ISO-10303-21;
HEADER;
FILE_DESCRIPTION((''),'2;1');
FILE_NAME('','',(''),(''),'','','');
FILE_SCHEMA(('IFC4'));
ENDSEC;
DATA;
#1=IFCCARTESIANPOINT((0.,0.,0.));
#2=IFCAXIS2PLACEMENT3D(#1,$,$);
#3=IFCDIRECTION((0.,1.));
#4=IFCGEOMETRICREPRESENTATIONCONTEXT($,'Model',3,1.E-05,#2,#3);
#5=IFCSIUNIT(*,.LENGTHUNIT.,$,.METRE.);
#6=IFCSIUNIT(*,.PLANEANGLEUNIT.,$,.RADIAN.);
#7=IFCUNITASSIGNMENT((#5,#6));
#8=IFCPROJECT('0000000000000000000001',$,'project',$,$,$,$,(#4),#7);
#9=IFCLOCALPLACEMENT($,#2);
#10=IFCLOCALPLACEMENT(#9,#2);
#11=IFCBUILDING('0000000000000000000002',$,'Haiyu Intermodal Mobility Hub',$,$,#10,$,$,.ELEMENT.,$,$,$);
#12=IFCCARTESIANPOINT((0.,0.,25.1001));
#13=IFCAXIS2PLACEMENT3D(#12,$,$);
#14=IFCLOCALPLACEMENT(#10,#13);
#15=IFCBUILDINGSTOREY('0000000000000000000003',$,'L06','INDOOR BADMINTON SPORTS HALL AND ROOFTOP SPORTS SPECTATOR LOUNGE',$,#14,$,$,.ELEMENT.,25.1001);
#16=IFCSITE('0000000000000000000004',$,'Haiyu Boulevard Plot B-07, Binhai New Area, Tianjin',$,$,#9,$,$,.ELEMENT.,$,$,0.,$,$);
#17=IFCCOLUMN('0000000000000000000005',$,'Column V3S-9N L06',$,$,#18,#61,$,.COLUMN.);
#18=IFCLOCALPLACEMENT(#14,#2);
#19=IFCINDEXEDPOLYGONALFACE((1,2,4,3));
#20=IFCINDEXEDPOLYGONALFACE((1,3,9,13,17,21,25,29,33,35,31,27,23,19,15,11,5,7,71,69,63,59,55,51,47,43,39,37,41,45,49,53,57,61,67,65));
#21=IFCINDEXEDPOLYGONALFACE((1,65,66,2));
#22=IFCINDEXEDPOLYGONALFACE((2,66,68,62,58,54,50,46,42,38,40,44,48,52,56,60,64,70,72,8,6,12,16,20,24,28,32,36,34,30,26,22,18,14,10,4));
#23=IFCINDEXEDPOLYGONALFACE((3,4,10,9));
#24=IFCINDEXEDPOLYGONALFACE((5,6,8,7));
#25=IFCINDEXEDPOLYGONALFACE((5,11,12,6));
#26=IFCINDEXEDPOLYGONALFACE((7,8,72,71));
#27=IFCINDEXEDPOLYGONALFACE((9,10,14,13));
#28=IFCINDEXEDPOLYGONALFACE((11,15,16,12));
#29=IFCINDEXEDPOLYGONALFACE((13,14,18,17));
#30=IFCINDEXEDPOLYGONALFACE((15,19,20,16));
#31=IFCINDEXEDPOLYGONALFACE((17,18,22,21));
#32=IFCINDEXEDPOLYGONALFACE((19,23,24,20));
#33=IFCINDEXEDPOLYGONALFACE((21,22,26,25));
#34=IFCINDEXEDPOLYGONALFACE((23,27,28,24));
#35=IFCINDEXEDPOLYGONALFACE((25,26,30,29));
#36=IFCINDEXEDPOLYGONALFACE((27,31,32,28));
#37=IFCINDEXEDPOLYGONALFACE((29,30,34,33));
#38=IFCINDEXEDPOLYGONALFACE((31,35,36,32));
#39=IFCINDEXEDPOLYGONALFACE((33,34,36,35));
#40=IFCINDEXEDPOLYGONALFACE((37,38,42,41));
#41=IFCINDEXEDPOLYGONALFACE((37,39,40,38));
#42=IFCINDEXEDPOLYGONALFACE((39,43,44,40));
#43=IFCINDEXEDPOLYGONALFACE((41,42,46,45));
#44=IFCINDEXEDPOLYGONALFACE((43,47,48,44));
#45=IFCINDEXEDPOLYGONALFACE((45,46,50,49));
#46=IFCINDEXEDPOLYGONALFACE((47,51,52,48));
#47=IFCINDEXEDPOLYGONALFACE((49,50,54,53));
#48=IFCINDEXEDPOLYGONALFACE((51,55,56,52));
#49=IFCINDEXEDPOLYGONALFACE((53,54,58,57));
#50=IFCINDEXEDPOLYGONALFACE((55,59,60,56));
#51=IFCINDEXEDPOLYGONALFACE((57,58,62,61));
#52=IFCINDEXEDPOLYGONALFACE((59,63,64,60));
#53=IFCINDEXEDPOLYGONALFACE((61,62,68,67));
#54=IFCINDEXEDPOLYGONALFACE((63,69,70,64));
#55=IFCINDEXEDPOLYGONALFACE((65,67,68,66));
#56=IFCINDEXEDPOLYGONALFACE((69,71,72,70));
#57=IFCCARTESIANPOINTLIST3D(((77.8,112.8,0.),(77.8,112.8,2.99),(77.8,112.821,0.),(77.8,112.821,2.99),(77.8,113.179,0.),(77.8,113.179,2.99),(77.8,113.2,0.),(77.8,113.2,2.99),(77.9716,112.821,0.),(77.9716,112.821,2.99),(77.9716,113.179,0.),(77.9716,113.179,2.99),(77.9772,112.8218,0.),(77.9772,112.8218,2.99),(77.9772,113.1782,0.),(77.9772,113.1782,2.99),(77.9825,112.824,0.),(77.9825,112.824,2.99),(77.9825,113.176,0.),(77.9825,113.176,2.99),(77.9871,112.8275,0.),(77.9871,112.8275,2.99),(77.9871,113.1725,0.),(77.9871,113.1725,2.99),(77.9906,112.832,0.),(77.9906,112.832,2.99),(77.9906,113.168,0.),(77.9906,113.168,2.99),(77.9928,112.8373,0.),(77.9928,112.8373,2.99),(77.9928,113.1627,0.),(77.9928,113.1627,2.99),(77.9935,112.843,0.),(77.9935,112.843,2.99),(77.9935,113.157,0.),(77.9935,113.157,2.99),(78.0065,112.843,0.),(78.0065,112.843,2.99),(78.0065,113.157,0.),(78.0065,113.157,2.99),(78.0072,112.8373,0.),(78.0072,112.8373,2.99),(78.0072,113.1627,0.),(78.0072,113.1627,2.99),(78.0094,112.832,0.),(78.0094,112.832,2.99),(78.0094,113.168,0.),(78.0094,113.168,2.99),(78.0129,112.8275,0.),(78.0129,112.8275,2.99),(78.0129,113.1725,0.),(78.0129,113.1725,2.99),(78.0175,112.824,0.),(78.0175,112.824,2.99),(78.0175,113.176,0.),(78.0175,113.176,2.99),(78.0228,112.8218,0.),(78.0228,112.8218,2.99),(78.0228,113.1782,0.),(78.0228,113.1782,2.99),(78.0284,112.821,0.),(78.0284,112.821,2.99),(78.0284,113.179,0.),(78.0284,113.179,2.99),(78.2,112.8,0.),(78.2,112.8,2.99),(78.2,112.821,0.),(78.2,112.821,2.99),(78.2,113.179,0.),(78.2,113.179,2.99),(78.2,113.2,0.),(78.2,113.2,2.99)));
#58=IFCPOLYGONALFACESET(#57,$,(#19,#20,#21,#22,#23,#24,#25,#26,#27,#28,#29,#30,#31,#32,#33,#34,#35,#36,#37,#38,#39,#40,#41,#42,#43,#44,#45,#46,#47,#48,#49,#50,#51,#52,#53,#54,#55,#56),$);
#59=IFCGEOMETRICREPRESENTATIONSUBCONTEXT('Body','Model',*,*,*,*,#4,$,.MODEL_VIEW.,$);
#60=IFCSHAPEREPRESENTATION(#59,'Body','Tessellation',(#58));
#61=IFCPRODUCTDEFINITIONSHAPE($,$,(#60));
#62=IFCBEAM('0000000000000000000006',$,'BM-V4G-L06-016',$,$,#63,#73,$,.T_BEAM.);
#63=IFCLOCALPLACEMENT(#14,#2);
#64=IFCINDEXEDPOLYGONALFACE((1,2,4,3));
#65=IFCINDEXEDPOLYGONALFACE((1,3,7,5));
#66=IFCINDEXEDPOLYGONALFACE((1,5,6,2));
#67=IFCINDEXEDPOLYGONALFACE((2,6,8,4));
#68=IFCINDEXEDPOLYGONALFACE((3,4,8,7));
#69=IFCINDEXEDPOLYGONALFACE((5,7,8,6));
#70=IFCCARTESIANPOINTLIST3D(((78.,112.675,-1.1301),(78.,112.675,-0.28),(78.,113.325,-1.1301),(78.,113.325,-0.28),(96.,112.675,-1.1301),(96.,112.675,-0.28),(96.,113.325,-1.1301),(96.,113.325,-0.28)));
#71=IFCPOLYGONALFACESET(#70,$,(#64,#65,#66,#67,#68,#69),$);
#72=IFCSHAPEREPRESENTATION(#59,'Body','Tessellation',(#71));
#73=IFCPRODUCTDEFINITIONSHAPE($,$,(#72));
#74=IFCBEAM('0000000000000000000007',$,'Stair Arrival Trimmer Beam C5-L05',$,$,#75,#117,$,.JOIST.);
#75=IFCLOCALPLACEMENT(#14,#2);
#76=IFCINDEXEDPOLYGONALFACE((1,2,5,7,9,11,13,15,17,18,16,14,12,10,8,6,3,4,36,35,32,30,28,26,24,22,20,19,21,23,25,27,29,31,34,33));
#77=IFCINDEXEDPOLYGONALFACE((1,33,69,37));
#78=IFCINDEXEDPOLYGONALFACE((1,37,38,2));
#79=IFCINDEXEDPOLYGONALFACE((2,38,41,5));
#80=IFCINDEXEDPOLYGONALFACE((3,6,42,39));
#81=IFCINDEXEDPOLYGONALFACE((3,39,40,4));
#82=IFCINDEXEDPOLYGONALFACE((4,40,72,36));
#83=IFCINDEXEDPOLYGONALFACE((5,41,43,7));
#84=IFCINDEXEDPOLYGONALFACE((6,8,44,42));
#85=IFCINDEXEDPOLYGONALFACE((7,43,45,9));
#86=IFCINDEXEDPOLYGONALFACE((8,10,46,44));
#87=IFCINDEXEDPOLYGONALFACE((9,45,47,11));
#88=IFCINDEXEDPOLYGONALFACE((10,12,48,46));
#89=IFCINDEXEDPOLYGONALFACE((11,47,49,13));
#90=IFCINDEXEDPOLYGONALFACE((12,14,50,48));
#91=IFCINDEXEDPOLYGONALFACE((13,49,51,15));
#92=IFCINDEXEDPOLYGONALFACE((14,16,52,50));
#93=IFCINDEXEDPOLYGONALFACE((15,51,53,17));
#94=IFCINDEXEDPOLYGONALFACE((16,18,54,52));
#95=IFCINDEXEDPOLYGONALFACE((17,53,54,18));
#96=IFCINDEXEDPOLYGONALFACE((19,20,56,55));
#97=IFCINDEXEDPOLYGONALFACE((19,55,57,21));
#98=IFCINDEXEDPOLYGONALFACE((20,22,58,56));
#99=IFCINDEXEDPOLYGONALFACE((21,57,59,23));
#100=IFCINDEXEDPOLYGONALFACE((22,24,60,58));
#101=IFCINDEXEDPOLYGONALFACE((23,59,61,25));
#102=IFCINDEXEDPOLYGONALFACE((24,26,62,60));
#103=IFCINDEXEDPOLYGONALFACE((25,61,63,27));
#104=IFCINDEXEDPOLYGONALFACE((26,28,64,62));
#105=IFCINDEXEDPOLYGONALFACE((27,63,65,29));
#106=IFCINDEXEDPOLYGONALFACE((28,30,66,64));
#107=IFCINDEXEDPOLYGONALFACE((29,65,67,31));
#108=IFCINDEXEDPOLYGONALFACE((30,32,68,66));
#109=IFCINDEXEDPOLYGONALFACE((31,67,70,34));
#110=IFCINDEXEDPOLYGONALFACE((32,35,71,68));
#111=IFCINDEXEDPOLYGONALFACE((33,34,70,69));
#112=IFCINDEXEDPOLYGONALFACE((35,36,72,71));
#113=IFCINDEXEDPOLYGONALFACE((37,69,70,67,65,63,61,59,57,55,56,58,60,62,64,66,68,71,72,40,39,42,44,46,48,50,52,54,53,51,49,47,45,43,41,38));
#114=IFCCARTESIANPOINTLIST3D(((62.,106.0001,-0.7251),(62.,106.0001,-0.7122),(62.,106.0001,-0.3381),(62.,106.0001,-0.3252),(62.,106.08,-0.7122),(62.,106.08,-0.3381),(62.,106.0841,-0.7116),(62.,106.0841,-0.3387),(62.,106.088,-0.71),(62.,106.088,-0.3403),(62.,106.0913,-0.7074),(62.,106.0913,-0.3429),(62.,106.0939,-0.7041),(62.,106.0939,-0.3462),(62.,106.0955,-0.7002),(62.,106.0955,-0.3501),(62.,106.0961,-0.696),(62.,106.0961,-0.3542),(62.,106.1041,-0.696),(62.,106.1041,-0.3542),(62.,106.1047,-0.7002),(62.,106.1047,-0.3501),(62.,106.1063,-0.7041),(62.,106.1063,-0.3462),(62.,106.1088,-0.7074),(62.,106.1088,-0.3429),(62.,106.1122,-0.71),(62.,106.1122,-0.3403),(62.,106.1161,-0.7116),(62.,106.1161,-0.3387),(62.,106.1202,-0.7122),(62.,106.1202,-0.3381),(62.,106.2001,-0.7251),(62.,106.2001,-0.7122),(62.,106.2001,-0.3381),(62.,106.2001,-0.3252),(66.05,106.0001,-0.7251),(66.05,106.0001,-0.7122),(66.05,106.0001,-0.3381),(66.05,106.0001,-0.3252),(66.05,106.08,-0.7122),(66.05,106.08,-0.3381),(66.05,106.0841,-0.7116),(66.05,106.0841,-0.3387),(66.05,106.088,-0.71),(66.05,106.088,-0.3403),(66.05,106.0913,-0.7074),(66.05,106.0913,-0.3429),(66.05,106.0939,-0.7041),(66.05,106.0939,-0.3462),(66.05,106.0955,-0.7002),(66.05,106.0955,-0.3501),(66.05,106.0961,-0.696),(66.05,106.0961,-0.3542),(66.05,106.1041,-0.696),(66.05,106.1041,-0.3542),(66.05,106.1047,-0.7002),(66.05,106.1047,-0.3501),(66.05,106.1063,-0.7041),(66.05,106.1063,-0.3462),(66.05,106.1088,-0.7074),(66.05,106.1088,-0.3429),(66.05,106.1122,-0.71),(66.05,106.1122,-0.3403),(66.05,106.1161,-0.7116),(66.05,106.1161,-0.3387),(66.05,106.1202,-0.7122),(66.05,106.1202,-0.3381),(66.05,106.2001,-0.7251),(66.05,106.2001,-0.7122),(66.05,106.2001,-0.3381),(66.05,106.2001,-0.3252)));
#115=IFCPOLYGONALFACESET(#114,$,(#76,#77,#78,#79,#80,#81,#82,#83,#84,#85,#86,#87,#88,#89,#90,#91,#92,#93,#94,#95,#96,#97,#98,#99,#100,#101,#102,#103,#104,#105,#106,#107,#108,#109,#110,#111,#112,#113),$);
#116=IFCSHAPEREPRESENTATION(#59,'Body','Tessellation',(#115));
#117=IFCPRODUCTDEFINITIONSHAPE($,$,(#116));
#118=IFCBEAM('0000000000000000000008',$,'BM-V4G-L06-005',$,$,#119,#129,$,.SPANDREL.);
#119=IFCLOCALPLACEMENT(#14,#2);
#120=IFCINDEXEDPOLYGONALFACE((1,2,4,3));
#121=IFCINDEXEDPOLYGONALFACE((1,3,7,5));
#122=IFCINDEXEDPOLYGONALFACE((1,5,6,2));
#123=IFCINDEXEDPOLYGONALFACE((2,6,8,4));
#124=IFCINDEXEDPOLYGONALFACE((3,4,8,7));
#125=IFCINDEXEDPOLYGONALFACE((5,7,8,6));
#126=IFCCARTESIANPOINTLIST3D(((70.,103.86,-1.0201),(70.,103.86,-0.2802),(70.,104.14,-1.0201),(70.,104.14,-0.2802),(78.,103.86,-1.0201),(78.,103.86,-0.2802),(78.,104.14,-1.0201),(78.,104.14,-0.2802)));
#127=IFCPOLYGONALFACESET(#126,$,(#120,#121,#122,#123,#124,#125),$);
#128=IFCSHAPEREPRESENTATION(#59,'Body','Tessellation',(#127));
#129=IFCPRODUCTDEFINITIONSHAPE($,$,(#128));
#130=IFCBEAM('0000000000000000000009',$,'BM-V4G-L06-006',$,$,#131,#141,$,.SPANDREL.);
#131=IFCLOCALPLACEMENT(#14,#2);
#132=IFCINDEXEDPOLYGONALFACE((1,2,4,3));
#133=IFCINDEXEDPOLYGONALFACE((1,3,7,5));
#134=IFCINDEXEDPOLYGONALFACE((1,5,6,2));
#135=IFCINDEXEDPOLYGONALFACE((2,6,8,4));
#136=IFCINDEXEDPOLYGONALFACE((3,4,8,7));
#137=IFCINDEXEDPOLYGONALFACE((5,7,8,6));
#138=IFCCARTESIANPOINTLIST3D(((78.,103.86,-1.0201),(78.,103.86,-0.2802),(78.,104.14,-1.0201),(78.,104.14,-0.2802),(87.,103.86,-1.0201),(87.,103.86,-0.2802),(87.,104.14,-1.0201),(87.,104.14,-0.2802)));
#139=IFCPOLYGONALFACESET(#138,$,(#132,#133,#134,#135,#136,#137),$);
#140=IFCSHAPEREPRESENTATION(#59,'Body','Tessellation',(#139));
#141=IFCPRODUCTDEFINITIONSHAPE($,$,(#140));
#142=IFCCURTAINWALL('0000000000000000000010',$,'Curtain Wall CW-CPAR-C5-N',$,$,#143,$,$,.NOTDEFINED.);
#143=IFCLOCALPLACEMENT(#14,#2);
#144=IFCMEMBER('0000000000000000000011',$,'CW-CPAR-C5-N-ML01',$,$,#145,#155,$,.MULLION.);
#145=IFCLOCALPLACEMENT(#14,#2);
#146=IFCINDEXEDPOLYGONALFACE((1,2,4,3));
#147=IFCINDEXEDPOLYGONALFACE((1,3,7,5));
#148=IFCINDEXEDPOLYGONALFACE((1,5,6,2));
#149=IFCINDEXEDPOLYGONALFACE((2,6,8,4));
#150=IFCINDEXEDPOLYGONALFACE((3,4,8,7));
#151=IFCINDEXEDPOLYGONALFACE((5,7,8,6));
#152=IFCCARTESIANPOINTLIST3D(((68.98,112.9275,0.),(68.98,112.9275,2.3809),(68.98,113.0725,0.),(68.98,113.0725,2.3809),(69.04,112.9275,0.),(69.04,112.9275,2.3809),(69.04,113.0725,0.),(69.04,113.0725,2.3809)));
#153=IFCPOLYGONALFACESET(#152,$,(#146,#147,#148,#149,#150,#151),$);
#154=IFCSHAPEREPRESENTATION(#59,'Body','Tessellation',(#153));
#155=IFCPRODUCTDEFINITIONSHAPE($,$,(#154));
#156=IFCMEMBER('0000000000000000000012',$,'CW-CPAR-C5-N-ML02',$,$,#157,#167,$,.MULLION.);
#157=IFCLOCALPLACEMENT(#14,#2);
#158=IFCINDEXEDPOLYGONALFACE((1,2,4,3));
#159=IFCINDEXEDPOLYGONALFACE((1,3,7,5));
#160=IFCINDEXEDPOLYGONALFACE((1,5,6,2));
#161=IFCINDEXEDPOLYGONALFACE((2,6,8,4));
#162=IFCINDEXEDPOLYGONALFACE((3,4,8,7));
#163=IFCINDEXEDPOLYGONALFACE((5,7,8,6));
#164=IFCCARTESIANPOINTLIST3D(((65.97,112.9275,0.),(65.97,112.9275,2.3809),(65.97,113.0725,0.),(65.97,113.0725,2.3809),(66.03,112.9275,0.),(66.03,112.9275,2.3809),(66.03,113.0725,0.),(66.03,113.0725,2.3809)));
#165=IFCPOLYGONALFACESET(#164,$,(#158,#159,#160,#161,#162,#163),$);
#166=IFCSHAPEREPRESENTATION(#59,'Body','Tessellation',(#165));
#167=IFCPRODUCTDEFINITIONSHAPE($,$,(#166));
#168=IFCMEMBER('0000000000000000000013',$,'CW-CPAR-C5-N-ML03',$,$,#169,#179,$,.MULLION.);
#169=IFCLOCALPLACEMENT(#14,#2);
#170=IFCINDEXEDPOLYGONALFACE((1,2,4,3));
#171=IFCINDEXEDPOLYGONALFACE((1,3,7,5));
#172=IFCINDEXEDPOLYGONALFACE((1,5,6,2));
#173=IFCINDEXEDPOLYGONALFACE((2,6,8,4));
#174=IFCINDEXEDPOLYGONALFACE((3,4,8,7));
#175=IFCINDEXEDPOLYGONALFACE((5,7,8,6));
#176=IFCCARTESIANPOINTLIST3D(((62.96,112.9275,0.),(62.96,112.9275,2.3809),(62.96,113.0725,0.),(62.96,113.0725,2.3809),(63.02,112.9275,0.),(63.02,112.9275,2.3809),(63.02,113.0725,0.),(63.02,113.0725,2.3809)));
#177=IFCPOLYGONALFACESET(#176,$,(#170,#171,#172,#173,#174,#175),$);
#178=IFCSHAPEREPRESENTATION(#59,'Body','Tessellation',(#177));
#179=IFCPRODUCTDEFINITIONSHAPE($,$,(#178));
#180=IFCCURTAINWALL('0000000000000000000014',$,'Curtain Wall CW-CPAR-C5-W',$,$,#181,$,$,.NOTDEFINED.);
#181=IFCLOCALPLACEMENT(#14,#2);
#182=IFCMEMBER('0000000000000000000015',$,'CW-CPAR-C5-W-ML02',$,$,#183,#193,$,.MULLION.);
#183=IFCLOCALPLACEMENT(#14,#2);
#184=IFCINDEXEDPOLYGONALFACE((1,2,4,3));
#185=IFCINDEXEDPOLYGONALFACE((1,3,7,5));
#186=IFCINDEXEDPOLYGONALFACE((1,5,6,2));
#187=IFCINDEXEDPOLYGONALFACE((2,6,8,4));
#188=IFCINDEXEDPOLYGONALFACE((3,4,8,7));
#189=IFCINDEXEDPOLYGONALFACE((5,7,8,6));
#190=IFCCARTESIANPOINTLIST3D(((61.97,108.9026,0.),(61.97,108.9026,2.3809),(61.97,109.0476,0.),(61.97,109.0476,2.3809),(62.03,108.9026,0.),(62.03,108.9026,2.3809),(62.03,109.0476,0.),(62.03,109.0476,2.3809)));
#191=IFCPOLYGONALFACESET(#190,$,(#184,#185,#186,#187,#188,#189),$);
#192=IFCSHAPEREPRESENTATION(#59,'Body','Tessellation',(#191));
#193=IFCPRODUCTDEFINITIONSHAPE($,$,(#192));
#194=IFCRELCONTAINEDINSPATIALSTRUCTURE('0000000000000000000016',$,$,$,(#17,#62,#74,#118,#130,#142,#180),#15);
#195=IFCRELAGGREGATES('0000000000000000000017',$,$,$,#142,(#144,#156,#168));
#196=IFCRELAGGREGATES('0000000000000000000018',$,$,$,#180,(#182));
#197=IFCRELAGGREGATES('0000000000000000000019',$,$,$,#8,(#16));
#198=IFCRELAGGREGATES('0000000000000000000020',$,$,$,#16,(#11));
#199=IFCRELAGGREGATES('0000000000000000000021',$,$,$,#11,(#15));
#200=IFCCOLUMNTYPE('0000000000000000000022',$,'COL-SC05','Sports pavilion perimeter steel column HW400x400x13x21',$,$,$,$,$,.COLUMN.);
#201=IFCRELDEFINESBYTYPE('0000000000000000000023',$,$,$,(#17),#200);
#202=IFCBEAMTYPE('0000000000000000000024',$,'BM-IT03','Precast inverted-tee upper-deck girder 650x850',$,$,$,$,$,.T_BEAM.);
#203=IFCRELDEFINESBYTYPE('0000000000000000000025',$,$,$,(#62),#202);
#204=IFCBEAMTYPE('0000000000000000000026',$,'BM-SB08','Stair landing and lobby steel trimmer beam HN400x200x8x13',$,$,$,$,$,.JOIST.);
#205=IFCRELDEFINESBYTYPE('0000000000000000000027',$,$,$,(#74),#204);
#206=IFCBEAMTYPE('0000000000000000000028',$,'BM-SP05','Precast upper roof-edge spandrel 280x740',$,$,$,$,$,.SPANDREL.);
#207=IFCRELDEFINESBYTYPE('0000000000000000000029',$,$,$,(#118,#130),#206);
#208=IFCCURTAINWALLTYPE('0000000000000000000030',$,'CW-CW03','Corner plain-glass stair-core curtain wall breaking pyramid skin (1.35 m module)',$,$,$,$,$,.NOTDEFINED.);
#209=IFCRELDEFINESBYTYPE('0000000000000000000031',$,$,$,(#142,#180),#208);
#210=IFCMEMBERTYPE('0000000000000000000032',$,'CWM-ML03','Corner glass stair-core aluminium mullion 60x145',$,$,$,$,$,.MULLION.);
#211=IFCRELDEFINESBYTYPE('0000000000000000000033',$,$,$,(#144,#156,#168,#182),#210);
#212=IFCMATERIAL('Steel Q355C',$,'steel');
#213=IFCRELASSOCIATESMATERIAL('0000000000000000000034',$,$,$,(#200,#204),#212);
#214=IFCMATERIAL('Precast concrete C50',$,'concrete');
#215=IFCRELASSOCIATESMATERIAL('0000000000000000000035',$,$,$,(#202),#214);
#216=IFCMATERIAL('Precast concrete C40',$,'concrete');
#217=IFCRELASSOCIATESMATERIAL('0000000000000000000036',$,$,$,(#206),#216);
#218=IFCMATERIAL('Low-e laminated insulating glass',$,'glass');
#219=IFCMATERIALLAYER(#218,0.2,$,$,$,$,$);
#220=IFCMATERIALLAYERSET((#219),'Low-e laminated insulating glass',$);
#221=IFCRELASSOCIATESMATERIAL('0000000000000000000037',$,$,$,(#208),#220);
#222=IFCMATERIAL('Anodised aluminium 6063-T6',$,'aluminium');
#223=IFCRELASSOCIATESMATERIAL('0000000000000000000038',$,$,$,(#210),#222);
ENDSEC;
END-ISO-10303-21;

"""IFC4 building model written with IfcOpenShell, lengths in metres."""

from ifc_helpers import new_model, si_unit, direction, frame, origin, origin_2d, place, context, subcontext, project, spatial, rectangle, i_section, extrude, material, layer, layer_set, material_profile, profile_set, type_object, element, aggregate, save


model = new_model("IFC4")

# Units and contexts
model_context = context("Model", 3, precision=1e-05, world=origin(), true_north=direction((0.0, 1.0)))
body_context = subcontext(model_context, "Body", "Model", "MODEL_VIEW")
ifc_project = project(units=[si_unit("LENGTHUNIT", "METRE"), si_unit("PLANEANGLEUNIT", "RADIAN")], contexts=[model_context])

# Site, building, storey
site_placement = place(None, origin())
site = spatial("IfcSite", under=ifc_project, at=site_placement, Name="Haiyu Boulevard Plot B-07, Binhai New Area, Tianjin", CompositionType="ELEMENT", RefElevation=0.0)
building_placement = place(site_placement, origin())
building = spatial("IfcBuilding", under=site, at=building_placement, Name="Haiyu Intermodal Mobility Hub", CompositionType="ELEMENT")
storey_placement = place(building_placement, frame((0.0, 0.0, 25.1001)))
storey = spatial("IfcBuildingStorey", under=building, at=storey_placement, Name="L06", Description="INDOOR BADMINTON SPORTS HALL AND ROOFTOP SPORTS SPECTATOR LOUNGE", CompositionType="ELEMENT", Elevation=25.1001)

# Column
ifc_material_1 = material(Name="Steel Q355C", Category="steel")
ifc_material_profile_1 = material_profile(ifc_material_1, i_section(OverallWidth=0.3999, OverallDepth=0.3999, WebThickness=0.0129, FlangeThickness=0.021, FilletRadius=0.022, at=origin_2d()), Name="HW400x400x13x21")
ifc_profile_set_1 = profile_set([ifc_material_profile_1], Name="Steel Q355C")
column_type = type_object("IfcColumnType", Name="COL-SC05", Description="Sports pavilion perimeter steel column HW400x400x13x21", PredefinedType="COLUMN", material=ifc_profile_set_1)
column_placement = place(storey_placement, frame((78.0, 113.0, 0.0), z_axis=(0.0, 0.0, 1.0), x_axis=(1.0, 0.0, 0.0)))
element("IfcColumn", 1, at=column_placement, inside=storey, type_object=column_type, Name="Column V3S-9N L06", PredefinedType="COLUMN", context=body_context, shape_type="SweptSolid", body=[
    extrude(i_section(OverallWidth=0.3999, OverallDepth=0.3999, WebThickness=0.0129, FlangeThickness=0.021, FilletRadius=0.022, at=origin_2d()), origin(), (0.0, 0.0, 1.0), 2.99),
])

# Beams
ifc_material_2 = material(Name="Precast concrete C50", Category="concrete")
ifc_material_profile_2 = material_profile(ifc_material_2, rectangle(XDim=0.6499, YDim=0.8501, at=origin_2d()), Name="PC650x850")
ifc_profile_set_2 = profile_set([ifc_material_profile_2], Name="Precast concrete C50")
beam_type_1 = type_object("IfcBeamType", Name="BM-IT03", Description="Precast inverted-tee upper-deck girder 650x850", PredefinedType="T_BEAM", material=ifc_profile_set_2)
beam_1_placement = place(storey_placement, frame((78.0, 113.0, -0.7051), z_axis=(1.0, 0.0, 0.0), x_axis=(0.0, 1.0, 0.0)))
element("IfcBeam", 2, at=beam_1_placement, inside=storey, type_object=beam_type_1, Name="BM-V4G-L06-016", PredefinedType="T_BEAM", context=body_context, shape_type="SweptSolid", body=[
    extrude(rectangle(XDim=0.6499, YDim=0.8501, at=origin_2d()), origin(), (0.0, 0.0, 1.0), 18.0),
])
ifc_material_profile_3 = material_profile(ifc_material_1, i_section(OverallWidth=0.2, OverallDepth=0.3999, WebThickness=0.0081, FlangeThickness=0.0129, FilletRadius=0.0161, at=origin_2d()), Name="HN400x200x8x13")
ifc_profile_set_3 = profile_set([ifc_material_profile_3], Name="Steel Q355C")
beam_type_2 = type_object("IfcBeamType", Name="BM-SB08", Description="Stair landing and lobby steel trimmer beam HN400x200x8x13", PredefinedType="JOIST", material=ifc_profile_set_3)
beam_2_placement = place(storey_placement, frame((62.0, 106.1001, -0.5251), z_axis=(1.0, 0.0, 0.0), x_axis=(0.0, 1.0, 0.0)))
element("IfcBeam", 3, at=beam_2_placement, inside=storey, type_object=beam_type_2, Name="Stair Arrival Trimmer Beam C5-L05", PredefinedType="JOIST", context=body_context, shape_type="SweptSolid", body=[
    extrude(i_section(OverallWidth=0.2, OverallDepth=0.3999, WebThickness=0.0081, FlangeThickness=0.0129, FilletRadius=0.0161, at=origin_2d()), origin(), (0.0, 0.0, 1.0), 4.05),
])
ifc_material_3 = material(Name="Precast concrete C40", Category="concrete")
ifc_material_profile_4 = material_profile(ifc_material_3, rectangle(XDim=0.28, YDim=0.74, at=origin_2d()), Name="B280x740")
ifc_profile_set_4 = profile_set([ifc_material_profile_4], Name="Precast concrete C40")
beam_type_3 = type_object("IfcBeamType", Name="BM-SP05", Description="Precast upper roof-edge spandrel 280x740", PredefinedType="SPANDREL", material=ifc_profile_set_4)
beam_3_placement = place(storey_placement, frame((70.0, 104.0, -0.6501), z_axis=(1.0, 0.0, 0.0), x_axis=(0.0, 1.0, 0.0)))
element("IfcBeam", 4, at=beam_3_placement, inside=storey, type_object=beam_type_3, Name="BM-V4G-L06-005", PredefinedType="SPANDREL", context=body_context, shape_type="SweptSolid", body=[
    extrude(rectangle(XDim=0.28, YDim=0.74, at=origin_2d()), origin(), (0.0, 0.0, 1.0), 8.0),
])
beam_4_placement = place(storey_placement, frame((78.0, 104.0, -0.6501), z_axis=(1.0, 0.0, 0.0), x_axis=(0.0, 1.0, 0.0)))
element("IfcBeam", 5, at=beam_4_placement, inside=storey, type_object=beam_type_3, Name="BM-V4G-L06-006", PredefinedType="SPANDREL", context=body_context, shape_type="SweptSolid", body=[
    extrude(rectangle(XDim=0.28, YDim=0.74, at=origin_2d()), origin(), (0.0, 0.0, 1.0), 9.0),
])

# Curtain walls, members
ifc_material_4 = material(Name="Low-e laminated insulating glass", Category="glass")
ifc_layer_1 = layer(ifc_material_4, 0.2)
ifc_layer_set_1 = layer_set([ifc_layer_1], Name="Low-e laminated insulating glass")
curtain_wall_type = type_object("IfcCurtainWallType", Name="CW-CW03", Description="Corner plain-glass stair-core curtain wall breaking pyramid skin (1.35 m module)", PredefinedType="NOTDEFINED", material=ifc_layer_set_1)
curtain_wall_1_placement = place(storey_placement, origin())
curtain_wall_1 = element("IfcCurtainWall", 6, at=curtain_wall_1_placement, inside=storey, type_object=curtain_wall_type, Name="Curtain Wall CW-CPAR-C5-N", PredefinedType="NOTDEFINED")
ifc_material_5 = material(Name="Anodised aluminium 6063-T6", Category="aluminium")
ifc_material_profile_5 = material_profile(ifc_material_5, rectangle(XDim=0.0601, YDim=0.145, at=origin_2d()), Name="ALU60x145")
ifc_profile_set_5 = profile_set([ifc_material_profile_5], Name="Anodised aluminium 6063-T6")
member_type_1 = type_object("IfcMemberType", Name="CWM-ML03", Description="Corner glass stair-core aluminium mullion 60x145", PredefinedType="MULLION", material=ifc_profile_set_5)
member_1_placement = place(storey_placement, frame((69.01, 113.0, 0.0), z_axis=(0.0, 0.0, 1.0), x_axis=(1.0, 0.0, 0.0)))
member_1 = element("IfcMember", 7, at=member_1_placement, type_object=member_type_1, Name="CW-CPAR-C5-N-ML01", PredefinedType="MULLION", context=body_context, shape_type="SweptSolid", body=[
    extrude(rectangle(XDim=0.0601, YDim=0.145, at=origin_2d()), origin(), (0.0, 0.0, 1.0), 2.3809),
])
member_2_placement = place(storey_placement, frame((66.0, 113.0, 0.0), z_axis=(0.0, 0.0, 1.0), x_axis=(1.0, 0.0, 0.0)))
member_2 = element("IfcMember", 8, at=member_2_placement, type_object=member_type_1, Name="CW-CPAR-C5-N-ML02", PredefinedType="MULLION", context=body_context, shape_type="SweptSolid", body=[
    extrude(rectangle(XDim=0.0601, YDim=0.145, at=origin_2d()), origin(), (0.0, 0.0, 1.0), 2.3809),
])
member_3_placement = place(storey_placement, frame((62.99, 113.0, 0.0), z_axis=(0.0, 0.0, 1.0), x_axis=(1.0, 0.0, 0.0)))
member_3 = element("IfcMember", 9, at=member_3_placement, type_object=member_type_1, Name="CW-CPAR-C5-N-ML03", PredefinedType="MULLION", context=body_context, shape_type="SweptSolid", body=[
    extrude(rectangle(XDim=0.0601, YDim=0.145, at=origin_2d()), origin(), (0.0, 0.0, 1.0), 2.3809),
])
curtain_wall_2_placement = place(storey_placement, origin())
curtain_wall_2 = element("IfcCurtainWall", 10, at=curtain_wall_2_placement, inside=storey, type_object=curtain_wall_type, Name="Curtain Wall CW-CPAR-C5-W", PredefinedType="NOTDEFINED")
member_4_placement = place(storey_placement, frame((62.0, 108.9751, 0.0), z_axis=(0.0, 0.0, 1.0), x_axis=(1.0, 0.0, 0.0)))
member_4 = element("IfcMember", 11, at=member_4_placement, type_object=member_type_1, Name="CW-CPAR-C5-W-ML02", PredefinedType="MULLION", context=body_context, shape_type="SweptSolid", body=[
    extrude(rectangle(XDim=0.0601, YDim=0.145, at=origin_2d()), origin(), (0.0, 0.0, 1.0), 2.3809),
])

aggregate(curtain_wall_1, [member_1, member_2, member_3])
aggregate(curtain_wall_2, [member_4])

save(model, "model.ifc")
